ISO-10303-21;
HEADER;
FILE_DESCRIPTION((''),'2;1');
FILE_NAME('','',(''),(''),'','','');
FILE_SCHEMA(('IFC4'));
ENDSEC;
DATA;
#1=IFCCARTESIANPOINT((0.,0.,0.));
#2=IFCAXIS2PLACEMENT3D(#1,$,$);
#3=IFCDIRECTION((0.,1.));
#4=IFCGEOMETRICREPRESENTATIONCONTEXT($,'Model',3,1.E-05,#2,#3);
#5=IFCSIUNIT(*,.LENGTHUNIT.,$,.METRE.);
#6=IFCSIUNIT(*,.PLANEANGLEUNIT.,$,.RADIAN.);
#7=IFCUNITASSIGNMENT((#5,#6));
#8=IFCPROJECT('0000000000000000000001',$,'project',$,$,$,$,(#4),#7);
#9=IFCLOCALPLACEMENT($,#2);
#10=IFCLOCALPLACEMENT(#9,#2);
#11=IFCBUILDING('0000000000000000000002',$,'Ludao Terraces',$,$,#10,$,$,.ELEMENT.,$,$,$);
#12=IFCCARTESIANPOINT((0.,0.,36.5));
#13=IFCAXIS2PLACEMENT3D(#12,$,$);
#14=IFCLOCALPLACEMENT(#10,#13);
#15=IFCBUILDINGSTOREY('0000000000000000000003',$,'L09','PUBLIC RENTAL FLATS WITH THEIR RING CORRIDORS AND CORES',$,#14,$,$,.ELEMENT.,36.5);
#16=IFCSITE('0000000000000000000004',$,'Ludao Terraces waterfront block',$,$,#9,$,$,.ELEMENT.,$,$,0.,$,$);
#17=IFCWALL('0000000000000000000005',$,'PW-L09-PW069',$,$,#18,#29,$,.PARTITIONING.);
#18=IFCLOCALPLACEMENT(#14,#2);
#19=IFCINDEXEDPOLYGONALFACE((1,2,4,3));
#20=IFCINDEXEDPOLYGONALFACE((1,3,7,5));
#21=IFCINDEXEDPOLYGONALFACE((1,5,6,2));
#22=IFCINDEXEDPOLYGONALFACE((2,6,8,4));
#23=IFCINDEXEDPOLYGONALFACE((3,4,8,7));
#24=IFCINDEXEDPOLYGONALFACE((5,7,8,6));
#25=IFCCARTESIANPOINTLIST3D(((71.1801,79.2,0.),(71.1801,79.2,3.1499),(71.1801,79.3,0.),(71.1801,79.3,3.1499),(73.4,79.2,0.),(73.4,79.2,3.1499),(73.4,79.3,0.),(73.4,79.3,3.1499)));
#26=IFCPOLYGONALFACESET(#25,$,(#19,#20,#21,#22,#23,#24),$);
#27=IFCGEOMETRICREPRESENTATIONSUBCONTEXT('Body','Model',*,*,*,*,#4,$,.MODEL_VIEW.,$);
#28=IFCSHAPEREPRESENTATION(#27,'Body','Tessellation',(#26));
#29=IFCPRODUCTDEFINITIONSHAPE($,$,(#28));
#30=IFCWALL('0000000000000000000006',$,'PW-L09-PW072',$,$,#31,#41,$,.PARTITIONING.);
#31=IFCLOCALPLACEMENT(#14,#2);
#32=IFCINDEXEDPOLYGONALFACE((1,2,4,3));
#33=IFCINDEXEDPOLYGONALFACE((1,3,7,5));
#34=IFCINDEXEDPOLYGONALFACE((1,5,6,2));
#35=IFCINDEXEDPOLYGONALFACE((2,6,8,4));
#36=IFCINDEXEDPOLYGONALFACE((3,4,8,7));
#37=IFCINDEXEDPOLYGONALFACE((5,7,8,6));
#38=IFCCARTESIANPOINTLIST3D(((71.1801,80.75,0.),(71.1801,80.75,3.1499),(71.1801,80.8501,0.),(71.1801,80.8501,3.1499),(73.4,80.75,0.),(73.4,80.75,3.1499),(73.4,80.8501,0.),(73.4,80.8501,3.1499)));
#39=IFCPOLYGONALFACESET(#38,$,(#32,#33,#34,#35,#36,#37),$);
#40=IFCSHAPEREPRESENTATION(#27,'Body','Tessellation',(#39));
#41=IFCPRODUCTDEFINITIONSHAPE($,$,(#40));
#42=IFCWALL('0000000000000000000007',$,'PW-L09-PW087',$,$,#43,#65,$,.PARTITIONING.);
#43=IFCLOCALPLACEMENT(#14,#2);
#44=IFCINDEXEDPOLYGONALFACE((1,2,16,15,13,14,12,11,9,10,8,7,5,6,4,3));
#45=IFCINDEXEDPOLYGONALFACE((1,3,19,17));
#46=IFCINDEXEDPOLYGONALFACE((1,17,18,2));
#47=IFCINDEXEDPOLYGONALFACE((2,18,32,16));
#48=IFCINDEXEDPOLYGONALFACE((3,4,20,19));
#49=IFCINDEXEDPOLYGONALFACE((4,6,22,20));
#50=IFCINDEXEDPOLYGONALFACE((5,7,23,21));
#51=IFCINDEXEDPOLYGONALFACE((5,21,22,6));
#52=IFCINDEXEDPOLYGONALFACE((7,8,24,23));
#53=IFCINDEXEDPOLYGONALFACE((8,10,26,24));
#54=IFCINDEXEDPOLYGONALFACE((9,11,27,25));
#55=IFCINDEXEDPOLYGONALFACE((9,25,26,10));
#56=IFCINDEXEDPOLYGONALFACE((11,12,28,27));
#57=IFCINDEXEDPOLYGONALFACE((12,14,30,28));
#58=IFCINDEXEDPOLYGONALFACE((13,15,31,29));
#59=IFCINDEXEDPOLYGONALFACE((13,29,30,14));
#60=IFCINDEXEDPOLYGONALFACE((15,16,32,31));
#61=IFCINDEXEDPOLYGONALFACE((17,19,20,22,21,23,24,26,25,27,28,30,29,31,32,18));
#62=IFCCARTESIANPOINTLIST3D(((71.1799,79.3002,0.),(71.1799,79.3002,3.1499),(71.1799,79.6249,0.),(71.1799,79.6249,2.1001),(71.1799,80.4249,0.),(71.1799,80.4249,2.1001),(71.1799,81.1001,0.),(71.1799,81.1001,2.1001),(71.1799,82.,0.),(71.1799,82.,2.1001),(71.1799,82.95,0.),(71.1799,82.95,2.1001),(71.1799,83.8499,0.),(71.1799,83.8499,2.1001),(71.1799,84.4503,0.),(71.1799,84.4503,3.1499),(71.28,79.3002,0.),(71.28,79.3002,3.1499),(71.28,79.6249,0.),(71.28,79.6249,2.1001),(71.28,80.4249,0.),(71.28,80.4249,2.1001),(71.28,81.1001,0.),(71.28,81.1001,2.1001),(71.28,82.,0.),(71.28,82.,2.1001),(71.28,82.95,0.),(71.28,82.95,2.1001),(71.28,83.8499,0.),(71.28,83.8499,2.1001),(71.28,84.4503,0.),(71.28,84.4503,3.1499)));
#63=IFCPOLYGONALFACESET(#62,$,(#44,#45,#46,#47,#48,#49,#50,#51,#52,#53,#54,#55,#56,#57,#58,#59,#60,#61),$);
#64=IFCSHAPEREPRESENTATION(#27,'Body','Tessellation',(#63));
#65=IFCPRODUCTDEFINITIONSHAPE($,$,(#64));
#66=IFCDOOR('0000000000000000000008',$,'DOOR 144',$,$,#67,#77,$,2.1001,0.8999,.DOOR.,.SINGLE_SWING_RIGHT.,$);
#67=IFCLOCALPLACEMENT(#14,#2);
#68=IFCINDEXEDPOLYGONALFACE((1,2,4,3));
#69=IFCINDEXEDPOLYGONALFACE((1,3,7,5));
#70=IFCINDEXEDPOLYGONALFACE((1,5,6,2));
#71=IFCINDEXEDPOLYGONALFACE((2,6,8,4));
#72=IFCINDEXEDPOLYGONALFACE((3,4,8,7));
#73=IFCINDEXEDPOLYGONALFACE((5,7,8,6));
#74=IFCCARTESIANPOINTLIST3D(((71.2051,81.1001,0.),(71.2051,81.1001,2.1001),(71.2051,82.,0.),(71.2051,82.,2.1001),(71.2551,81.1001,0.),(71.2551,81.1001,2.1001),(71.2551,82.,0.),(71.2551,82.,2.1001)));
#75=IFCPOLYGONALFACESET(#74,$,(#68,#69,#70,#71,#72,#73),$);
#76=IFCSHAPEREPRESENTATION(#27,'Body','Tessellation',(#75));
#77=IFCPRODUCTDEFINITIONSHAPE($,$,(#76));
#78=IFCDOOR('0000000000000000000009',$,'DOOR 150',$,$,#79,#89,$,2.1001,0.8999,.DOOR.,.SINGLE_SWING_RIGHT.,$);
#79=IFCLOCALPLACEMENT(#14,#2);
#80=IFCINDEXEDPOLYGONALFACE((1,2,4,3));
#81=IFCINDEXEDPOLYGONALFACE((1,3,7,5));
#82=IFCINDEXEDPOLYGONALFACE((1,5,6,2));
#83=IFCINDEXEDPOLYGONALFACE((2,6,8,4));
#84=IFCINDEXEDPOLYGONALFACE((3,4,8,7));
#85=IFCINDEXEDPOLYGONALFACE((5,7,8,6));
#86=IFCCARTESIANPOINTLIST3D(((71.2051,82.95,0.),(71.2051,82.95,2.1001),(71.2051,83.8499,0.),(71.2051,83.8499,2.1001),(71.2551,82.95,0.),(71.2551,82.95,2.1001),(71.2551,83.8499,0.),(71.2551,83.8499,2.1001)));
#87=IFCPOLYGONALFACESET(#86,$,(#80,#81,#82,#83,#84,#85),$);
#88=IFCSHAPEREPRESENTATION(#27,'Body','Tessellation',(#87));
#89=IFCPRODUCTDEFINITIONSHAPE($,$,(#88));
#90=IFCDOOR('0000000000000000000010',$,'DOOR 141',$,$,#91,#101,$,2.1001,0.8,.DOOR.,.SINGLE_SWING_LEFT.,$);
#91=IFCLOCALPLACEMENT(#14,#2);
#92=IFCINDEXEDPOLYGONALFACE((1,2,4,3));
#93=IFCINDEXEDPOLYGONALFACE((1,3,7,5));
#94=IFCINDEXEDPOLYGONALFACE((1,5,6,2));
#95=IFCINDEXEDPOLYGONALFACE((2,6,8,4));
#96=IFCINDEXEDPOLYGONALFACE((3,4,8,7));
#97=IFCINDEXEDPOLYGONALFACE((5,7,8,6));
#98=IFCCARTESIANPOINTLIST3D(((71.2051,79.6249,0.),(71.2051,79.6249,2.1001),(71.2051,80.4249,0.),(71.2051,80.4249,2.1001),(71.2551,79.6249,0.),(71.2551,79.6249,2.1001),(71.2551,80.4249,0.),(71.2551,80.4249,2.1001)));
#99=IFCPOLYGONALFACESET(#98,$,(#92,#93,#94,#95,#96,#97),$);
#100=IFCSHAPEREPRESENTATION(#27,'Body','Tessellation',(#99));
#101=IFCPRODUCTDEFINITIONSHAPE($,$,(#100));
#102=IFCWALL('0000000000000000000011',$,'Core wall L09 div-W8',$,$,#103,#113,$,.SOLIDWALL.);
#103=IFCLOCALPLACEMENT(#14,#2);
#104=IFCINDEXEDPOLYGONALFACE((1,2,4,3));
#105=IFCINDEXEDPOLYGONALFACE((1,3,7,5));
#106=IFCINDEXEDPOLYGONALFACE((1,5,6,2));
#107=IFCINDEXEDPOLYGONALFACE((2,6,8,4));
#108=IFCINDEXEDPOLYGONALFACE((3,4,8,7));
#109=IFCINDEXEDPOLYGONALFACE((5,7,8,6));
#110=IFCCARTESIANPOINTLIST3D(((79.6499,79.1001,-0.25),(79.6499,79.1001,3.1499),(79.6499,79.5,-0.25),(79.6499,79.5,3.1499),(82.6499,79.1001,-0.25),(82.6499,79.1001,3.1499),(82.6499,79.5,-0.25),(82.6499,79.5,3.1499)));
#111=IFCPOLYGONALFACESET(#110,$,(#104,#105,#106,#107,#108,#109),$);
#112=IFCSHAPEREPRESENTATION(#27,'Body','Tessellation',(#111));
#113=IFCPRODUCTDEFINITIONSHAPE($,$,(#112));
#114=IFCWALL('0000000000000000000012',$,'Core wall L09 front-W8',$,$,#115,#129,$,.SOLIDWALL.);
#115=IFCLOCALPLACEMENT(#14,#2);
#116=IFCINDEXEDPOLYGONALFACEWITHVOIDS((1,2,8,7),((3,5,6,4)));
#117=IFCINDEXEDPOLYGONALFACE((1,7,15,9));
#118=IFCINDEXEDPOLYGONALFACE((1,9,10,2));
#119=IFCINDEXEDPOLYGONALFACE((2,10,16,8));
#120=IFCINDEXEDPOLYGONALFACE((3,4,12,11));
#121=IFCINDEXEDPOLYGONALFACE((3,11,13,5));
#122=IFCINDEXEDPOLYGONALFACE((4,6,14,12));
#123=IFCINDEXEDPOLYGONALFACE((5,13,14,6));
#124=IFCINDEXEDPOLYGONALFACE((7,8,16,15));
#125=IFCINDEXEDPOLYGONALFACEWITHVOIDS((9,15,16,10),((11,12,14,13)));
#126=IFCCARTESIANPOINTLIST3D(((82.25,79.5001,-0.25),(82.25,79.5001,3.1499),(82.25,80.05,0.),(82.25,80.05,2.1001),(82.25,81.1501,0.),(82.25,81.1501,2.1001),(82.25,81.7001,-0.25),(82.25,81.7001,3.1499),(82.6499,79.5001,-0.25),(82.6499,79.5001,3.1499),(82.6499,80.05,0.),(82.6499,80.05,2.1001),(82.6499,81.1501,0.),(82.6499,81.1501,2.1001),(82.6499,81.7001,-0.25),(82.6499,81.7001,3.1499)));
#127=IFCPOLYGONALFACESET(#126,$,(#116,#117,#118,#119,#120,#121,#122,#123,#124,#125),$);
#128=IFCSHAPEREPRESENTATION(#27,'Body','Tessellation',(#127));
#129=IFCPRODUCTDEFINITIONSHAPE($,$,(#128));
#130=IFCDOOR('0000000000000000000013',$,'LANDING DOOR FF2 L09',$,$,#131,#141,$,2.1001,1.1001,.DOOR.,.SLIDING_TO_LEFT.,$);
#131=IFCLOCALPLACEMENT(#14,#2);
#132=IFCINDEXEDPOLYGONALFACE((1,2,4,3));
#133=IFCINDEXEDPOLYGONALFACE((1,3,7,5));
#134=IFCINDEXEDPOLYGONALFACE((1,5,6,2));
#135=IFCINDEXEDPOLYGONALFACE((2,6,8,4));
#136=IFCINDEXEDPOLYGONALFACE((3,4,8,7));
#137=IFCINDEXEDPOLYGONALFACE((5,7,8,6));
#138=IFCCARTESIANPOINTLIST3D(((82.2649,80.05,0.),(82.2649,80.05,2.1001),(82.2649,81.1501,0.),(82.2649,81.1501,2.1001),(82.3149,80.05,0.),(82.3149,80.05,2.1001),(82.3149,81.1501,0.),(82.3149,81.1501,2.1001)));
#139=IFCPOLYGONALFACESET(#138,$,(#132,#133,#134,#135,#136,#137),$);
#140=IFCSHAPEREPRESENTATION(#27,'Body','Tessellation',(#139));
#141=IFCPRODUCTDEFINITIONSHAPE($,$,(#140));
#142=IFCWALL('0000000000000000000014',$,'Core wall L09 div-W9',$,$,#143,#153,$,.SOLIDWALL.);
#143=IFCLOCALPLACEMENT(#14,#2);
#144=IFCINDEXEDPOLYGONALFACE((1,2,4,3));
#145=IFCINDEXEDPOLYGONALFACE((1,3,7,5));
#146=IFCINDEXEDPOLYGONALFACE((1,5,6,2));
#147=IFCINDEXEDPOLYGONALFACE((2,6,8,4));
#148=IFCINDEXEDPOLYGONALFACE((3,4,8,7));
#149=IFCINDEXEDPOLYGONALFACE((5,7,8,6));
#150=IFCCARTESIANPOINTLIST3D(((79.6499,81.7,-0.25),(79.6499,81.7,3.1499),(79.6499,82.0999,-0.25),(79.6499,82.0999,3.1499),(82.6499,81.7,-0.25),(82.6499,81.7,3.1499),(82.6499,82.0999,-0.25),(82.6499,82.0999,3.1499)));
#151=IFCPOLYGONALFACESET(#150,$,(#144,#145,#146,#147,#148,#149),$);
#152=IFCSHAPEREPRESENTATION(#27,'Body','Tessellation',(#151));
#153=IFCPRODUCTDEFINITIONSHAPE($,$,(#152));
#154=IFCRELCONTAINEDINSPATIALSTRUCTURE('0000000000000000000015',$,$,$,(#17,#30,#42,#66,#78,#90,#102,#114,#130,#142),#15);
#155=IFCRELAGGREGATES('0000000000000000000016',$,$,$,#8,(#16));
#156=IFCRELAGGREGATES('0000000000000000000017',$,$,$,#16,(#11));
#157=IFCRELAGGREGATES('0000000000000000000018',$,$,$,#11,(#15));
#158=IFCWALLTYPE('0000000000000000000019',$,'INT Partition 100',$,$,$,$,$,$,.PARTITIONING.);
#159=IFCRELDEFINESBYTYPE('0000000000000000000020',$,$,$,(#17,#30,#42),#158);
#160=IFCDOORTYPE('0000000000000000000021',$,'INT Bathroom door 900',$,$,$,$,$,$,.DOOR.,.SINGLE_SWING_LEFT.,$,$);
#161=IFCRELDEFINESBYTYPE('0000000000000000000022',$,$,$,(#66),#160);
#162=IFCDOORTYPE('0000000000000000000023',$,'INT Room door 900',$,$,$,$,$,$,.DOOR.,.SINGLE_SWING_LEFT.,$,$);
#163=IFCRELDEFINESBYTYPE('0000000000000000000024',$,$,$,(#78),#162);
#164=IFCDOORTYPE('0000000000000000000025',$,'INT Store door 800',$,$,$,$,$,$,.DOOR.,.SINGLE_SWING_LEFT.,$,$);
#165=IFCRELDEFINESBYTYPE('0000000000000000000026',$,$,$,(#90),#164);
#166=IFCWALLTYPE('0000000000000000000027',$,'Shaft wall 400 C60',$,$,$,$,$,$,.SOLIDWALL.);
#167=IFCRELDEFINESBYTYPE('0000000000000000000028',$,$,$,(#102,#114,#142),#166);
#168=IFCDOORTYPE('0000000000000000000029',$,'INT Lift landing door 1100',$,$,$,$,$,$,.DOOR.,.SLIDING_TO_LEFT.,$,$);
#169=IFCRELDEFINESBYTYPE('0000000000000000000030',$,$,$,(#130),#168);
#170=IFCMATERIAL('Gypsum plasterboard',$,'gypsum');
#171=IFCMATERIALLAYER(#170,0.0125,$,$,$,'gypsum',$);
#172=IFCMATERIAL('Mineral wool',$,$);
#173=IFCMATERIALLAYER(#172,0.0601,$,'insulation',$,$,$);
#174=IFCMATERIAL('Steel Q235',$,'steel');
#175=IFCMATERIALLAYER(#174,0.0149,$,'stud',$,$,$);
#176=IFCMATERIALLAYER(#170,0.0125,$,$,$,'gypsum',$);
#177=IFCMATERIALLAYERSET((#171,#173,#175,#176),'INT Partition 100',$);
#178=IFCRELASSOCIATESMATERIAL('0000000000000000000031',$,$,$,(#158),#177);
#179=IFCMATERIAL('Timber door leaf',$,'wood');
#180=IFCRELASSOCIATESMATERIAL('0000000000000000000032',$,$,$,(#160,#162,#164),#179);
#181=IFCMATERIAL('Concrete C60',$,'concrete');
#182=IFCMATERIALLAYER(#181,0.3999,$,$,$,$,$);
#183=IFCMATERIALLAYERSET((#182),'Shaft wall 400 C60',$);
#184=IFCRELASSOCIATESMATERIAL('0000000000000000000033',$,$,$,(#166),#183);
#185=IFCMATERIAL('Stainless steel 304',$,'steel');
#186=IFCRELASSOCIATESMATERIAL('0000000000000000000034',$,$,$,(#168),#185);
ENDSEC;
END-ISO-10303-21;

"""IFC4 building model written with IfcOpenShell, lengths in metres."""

from ifc_helpers import new_model, si_unit, direction, frame, frame_2d, origin, place, context, subcontext, project, spatial, rectangle, extrude, material, layer, layer_set, type_object, element, fill, save


model = new_model("IFC4")

# Units and contexts
model_context = context("Model", 3, precision=1e-05, world=origin(), true_north=direction((0.0, 1.0)))
body_context = subcontext(model_context, "Body", "Model", "MODEL_VIEW")
ifc_project = project(units=[si_unit("LENGTHUNIT", "METRE"), si_unit("PLANEANGLEUNIT", "RADIAN")], contexts=[model_context])

# Site, building, storey
site_placement = place(None, origin())
site = spatial("IfcSite", under=ifc_project, at=site_placement, Name="Ludao Terraces waterfront block", CompositionType="ELEMENT", RefElevation=0.0)
building_placement = place(site_placement, origin())
building = spatial("IfcBuilding", under=site, at=building_placement, Name="Ludao Terraces", CompositionType="ELEMENT")
storey_placement = place(building_placement, frame((0.0, 0.0, 36.5)))
storey = spatial("IfcBuildingStorey", under=building, at=storey_placement, Name="L09", Description="PUBLIC RENTAL FLATS WITH THEIR RING CORRIDORS AND CORES", CompositionType="ELEMENT", Elevation=36.5)

# Walls
ifc_material_1 = material(Name="Gypsum plasterboard", Category="gypsum")
ifc_layer_1 = layer(ifc_material_1, 0.0125, Category="gypsum")
ifc_material_2 = material(Name="Mineral wool")
ifc_layer_2 = layer(ifc_material_2, 0.0601, Name="insulation")
ifc_material_3 = material(Name="Steel Q235", Category="steel")
ifc_layer_3 = layer(ifc_material_3, 0.0149, Name="stud")
ifc_layer_4 = layer(ifc_material_1, 0.0125, Category="gypsum")
ifc_layer_set_1 = layer_set([ifc_layer_1, ifc_layer_2, ifc_layer_3, ifc_layer_4], Name="INT Partition 100")
wall_type_1 = type_object("IfcWallType", Name="INT Partition 100", PredefinedType="PARTITIONING", material=ifc_layer_set_1)
for number, where, z_axis, x_axis, name in (
    (1, (71.1802, 79.25, 0.0), (0.0, 0.0, 1.0), (1.0, 0.0, 0.0), "PW-L09-PW069"),
    (2, (71.1802, 80.8, 0.0), (0.0, 0.0, 1.0), (1.0, 0.0, 0.0), "PW-L09-PW072"),
):
    element("IfcWall", number, at=place(storey_placement, frame(where, z_axis=z_axis, x_axis=x_axis)), inside=storey, type_object=wall_type_1, Name=name, PredefinedType="PARTITIONING", context=body_context, shape_type="SweptSolid", body=[
        extrude(rectangle(XDim=2.22, YDim=0.1001, at=frame_2d((1.1099, 0.0))), origin(), (0.0, 0.0, 1.0), 3.1499),
    ])

# Wall, openings, doors
wall_1_placement = place(storey_placement, frame((71.23, 79.3, 0.0), z_axis=(0.0, 0.0, 1.0), x_axis=(0.0, 1.0, 0.0)))
wall_1 = element("IfcWall", 3, at=wall_1_placement, inside=storey, type_object=wall_type_1, Name="PW-L09-PW087", PredefinedType="PARTITIONING", context=body_context, shape_type="SweptSolid", body=[
    extrude(rectangle(XDim=5.1501, YDim=0.1001, at=frame_2d((2.5752, 0.0))), origin(), (0.0, 0.0, 1.0), 3.1499),
])
opening_1_placement = place(wall_1_placement, frame((0.325, 0.0, 0.0)))
opening_1 = element("IfcOpeningElement", 4, at=opening_1_placement, cuts=wall_1, PredefinedType="OPENING", context=body_context, shape_type="SweptSolid", body=[
    extrude(rectangle(XDim=0.8, YDim=2.1001, at=frame_2d((0.3999, 1.05))), frame((0.0, 0.0601, 0.0), z_axis=(0.0, -1.0, 0.0), x_axis=(1.0, 0.0, 0.0)), (0.0, 0.0, 1.0), 0.1201),
])
opening_2_placement = place(wall_1_placement, frame((1.8, 0.0, 0.0)))
opening_2 = element("IfcOpeningElement", 5, at=opening_2_placement, cuts=wall_1, PredefinedType="OPENING", context=body_context, shape_type="SweptSolid", body=[
    extrude(rectangle(XDim=0.8999, YDim=2.1001, at=frame_2d((0.45, 1.05))), frame((0.0, 0.0601, 0.0), z_axis=(0.0, -1.0, 0.0), x_axis=(1.0, 0.0, 0.0)), (0.0, 0.0, 1.0), 0.1201),
])
opening_3_placement = place(wall_1_placement, frame((3.6499, 0.0, 0.0)))
opening_3 = element("IfcOpeningElement", 6, at=opening_3_placement, cuts=wall_1, PredefinedType="OPENING", context=body_context, shape_type="SweptSolid", body=[
    extrude(rectangle(XDim=0.8999, YDim=2.1001, at=frame_2d((0.45, 1.05))), frame((0.0, 0.0601, 0.0), z_axis=(0.0, -1.0, 0.0), x_axis=(1.0, 0.0, 0.0)), (0.0, 0.0, 1.0), 0.1201),
])
ifc_material_4 = material(Name="Timber door leaf", Category="wood")
door_type_1 = type_object("IfcDoorType", Name="INT Bathroom door 900", OperationType="SINGLE_SWING_LEFT", PredefinedType="DOOR", material=ifc_material_4)
door_1_placement = place(opening_2_placement, origin())
door_1 = element("IfcDoor", 7, at=door_1_placement, inside=storey, type_object=door_type_1, Name="DOOR 144", OperationType="SINGLE_SWING_RIGHT", OverallHeight=2.1001, OverallWidth=0.8999, PredefinedType="DOOR", context=body_context, shape_type="SweptSolid", body=[
    extrude(rectangle(XDim=0.8999, YDim=2.1001, at=frame_2d((0.45, 1.05))), frame((0.0, 0.0249, 0.0), z_axis=(0.0, -1.0, 0.0), x_axis=(1.0, 0.0, 0.0)), (0.0, 0.0, 1.0), 0.05),
])
fill(opening_2, door_1)
door_type_2 = type_object("IfcDoorType", Name="INT Room door 900", OperationType="SINGLE_SWING_LEFT", PredefinedType="DOOR", material=ifc_material_4)
door_2_placement = place(opening_3_placement, origin())
door_2 = element("IfcDoor", 8, at=door_2_placement, inside=storey, type_object=door_type_2, Name="DOOR 150", OperationType="SINGLE_SWING_RIGHT", OverallHeight=2.1001, OverallWidth=0.8999, PredefinedType="DOOR", context=body_context, shape_type="SweptSolid", body=[
    extrude(rectangle(XDim=0.8999, YDim=2.1001, at=frame_2d((0.45, 1.05))), frame((0.0, 0.0249, 0.0), z_axis=(0.0, -1.0, 0.0), x_axis=(1.0, 0.0, 0.0)), (0.0, 0.0, 1.0), 0.05),
])
fill(opening_3, door_2)
door_type_3 = type_object("IfcDoorType", Name="INT Store door 800", OperationType="SINGLE_SWING_LEFT", PredefinedType="DOOR", material=ifc_material_4)
door_3_placement = place(opening_1_placement, origin())
door_3 = element("IfcDoor", 9, at=door_3_placement, inside=storey, type_object=door_type_3, Name="DOOR 141", OperationType="SINGLE_SWING_LEFT", OverallHeight=2.1001, OverallWidth=0.8, PredefinedType="DOOR", context=body_context, shape_type="SweptSolid", body=[
    extrude(rectangle(XDim=0.8, YDim=2.1001, at=frame_2d((0.3999, 1.05))), frame((0.0, 0.0249, 0.0), z_axis=(0.0, -1.0, 0.0), x_axis=(1.0, 0.0, 0.0)), (0.0, 0.0, 1.0), 0.05),
])
fill(opening_1, door_3)

# Wall
ifc_material_5 = material(Name="Concrete C60", Category="concrete")
ifc_layer_5 = layer(ifc_material_5, 0.3999)
ifc_layer_set_2 = layer_set([ifc_layer_5], Name="Shaft wall 400 C60")
wall_type_2 = type_object("IfcWallType", Name="Shaft wall 400 C60", PredefinedType="SOLIDWALL", material=ifc_layer_set_2)
wall_2_placement = place(storey_placement, frame((79.6499, 79.3, -0.25), z_axis=(0.0, 0.0, 1.0), x_axis=(1.0, 0.0, 0.0)))
element("IfcWall", 10, at=wall_2_placement, inside=storey, type_object=wall_type_2, Name="Core wall L09 div-W8", PredefinedType="SOLIDWALL", context=body_context, shape_type="SweptSolid", body=[
    extrude(rectangle(XDim=3.0, YDim=0.3999, at=frame_2d((1.5, 0.0))), origin(), (0.0, 0.0, 1.0), 3.3999),
])

# Wall, opening, door
wall_3_placement = place(storey_placement, frame((82.45, 79.5, -0.25), z_axis=(0.0, 0.0, 1.0), x_axis=(0.0, 1.0, 0.0)))
wall_3 = element("IfcWall", 11, at=wall_3_placement, inside=storey, type_object=wall_type_2, Name="Core wall L09 front-W8", PredefinedType="SOLIDWALL", context=body_context, shape_type="SweptSolid", body=[
    extrude(rectangle(XDim=2.2, YDim=0.3999, at=frame_2d((1.1001, 0.0))), origin(), (0.0, 0.0, 1.0), 3.3999),
])
opening_4_placement = place(wall_3_placement, frame((0.55, 0.0, 0.25)))
opening_4 = element("IfcOpeningElement", 12, at=opening_4_placement, cuts=wall_3, PredefinedType="OPENING", context=body_context, shape_type="SweptSolid", body=[
    extrude(rectangle(XDim=1.1001, YDim=2.1001, at=frame_2d((0.55, 1.05))), frame((0.0, 0.21, 0.0), z_axis=(0.0, -1.0, 0.0), x_axis=(1.0, 0.0, 0.0)), (0.0, 0.0, 1.0), 0.4199),
])
ifc_material_6 = material(Name="Stainless steel 304", Category="steel")
door_type_4 = type_object("IfcDoorType", Name="INT Lift landing door 1100", OperationType="SLIDING_TO_LEFT", PredefinedType="DOOR", material=ifc_material_6)
door_4_placement = place(opening_4_placement, origin())
door_4 = element("IfcDoor", 13, at=door_4_placement, inside=storey, type_object=door_type_4, Name="LANDING DOOR FF2 L09", OperationType="SLIDING_TO_LEFT", OverallHeight=2.1001, OverallWidth=1.1001, PredefinedType="DOOR", context=body_context, shape_type="SweptSolid", body=[
    extrude(rectangle(XDim=1.1001, YDim=2.1001, at=frame_2d((0.55, 1.05))), frame((0.0, 0.1851, 0.0), z_axis=(0.0, -1.0, 0.0), x_axis=(1.0, 0.0, 0.0)), (0.0, 0.0, 1.0), 0.05),
])
fill(opening_4, door_4)

# Wall
wall_4_placement = place(storey_placement, frame((79.6499, 81.8999, -0.25), z_axis=(0.0, 0.0, 1.0), x_axis=(1.0, 0.0, 0.0)))
element("IfcWall", 14, at=wall_4_placement, inside=storey, type_object=wall_type_2, Name="Core wall L09 div-W9", PredefinedType="SOLIDWALL", context=body_context, shape_type="SweptSolid", body=[
    extrude(rectangle(XDim=3.0, YDim=0.3999, at=frame_2d((1.5, 0.0))), origin(), (0.0, 0.0, 1.0), 3.3999),
])

save(model, "model.ifc")
